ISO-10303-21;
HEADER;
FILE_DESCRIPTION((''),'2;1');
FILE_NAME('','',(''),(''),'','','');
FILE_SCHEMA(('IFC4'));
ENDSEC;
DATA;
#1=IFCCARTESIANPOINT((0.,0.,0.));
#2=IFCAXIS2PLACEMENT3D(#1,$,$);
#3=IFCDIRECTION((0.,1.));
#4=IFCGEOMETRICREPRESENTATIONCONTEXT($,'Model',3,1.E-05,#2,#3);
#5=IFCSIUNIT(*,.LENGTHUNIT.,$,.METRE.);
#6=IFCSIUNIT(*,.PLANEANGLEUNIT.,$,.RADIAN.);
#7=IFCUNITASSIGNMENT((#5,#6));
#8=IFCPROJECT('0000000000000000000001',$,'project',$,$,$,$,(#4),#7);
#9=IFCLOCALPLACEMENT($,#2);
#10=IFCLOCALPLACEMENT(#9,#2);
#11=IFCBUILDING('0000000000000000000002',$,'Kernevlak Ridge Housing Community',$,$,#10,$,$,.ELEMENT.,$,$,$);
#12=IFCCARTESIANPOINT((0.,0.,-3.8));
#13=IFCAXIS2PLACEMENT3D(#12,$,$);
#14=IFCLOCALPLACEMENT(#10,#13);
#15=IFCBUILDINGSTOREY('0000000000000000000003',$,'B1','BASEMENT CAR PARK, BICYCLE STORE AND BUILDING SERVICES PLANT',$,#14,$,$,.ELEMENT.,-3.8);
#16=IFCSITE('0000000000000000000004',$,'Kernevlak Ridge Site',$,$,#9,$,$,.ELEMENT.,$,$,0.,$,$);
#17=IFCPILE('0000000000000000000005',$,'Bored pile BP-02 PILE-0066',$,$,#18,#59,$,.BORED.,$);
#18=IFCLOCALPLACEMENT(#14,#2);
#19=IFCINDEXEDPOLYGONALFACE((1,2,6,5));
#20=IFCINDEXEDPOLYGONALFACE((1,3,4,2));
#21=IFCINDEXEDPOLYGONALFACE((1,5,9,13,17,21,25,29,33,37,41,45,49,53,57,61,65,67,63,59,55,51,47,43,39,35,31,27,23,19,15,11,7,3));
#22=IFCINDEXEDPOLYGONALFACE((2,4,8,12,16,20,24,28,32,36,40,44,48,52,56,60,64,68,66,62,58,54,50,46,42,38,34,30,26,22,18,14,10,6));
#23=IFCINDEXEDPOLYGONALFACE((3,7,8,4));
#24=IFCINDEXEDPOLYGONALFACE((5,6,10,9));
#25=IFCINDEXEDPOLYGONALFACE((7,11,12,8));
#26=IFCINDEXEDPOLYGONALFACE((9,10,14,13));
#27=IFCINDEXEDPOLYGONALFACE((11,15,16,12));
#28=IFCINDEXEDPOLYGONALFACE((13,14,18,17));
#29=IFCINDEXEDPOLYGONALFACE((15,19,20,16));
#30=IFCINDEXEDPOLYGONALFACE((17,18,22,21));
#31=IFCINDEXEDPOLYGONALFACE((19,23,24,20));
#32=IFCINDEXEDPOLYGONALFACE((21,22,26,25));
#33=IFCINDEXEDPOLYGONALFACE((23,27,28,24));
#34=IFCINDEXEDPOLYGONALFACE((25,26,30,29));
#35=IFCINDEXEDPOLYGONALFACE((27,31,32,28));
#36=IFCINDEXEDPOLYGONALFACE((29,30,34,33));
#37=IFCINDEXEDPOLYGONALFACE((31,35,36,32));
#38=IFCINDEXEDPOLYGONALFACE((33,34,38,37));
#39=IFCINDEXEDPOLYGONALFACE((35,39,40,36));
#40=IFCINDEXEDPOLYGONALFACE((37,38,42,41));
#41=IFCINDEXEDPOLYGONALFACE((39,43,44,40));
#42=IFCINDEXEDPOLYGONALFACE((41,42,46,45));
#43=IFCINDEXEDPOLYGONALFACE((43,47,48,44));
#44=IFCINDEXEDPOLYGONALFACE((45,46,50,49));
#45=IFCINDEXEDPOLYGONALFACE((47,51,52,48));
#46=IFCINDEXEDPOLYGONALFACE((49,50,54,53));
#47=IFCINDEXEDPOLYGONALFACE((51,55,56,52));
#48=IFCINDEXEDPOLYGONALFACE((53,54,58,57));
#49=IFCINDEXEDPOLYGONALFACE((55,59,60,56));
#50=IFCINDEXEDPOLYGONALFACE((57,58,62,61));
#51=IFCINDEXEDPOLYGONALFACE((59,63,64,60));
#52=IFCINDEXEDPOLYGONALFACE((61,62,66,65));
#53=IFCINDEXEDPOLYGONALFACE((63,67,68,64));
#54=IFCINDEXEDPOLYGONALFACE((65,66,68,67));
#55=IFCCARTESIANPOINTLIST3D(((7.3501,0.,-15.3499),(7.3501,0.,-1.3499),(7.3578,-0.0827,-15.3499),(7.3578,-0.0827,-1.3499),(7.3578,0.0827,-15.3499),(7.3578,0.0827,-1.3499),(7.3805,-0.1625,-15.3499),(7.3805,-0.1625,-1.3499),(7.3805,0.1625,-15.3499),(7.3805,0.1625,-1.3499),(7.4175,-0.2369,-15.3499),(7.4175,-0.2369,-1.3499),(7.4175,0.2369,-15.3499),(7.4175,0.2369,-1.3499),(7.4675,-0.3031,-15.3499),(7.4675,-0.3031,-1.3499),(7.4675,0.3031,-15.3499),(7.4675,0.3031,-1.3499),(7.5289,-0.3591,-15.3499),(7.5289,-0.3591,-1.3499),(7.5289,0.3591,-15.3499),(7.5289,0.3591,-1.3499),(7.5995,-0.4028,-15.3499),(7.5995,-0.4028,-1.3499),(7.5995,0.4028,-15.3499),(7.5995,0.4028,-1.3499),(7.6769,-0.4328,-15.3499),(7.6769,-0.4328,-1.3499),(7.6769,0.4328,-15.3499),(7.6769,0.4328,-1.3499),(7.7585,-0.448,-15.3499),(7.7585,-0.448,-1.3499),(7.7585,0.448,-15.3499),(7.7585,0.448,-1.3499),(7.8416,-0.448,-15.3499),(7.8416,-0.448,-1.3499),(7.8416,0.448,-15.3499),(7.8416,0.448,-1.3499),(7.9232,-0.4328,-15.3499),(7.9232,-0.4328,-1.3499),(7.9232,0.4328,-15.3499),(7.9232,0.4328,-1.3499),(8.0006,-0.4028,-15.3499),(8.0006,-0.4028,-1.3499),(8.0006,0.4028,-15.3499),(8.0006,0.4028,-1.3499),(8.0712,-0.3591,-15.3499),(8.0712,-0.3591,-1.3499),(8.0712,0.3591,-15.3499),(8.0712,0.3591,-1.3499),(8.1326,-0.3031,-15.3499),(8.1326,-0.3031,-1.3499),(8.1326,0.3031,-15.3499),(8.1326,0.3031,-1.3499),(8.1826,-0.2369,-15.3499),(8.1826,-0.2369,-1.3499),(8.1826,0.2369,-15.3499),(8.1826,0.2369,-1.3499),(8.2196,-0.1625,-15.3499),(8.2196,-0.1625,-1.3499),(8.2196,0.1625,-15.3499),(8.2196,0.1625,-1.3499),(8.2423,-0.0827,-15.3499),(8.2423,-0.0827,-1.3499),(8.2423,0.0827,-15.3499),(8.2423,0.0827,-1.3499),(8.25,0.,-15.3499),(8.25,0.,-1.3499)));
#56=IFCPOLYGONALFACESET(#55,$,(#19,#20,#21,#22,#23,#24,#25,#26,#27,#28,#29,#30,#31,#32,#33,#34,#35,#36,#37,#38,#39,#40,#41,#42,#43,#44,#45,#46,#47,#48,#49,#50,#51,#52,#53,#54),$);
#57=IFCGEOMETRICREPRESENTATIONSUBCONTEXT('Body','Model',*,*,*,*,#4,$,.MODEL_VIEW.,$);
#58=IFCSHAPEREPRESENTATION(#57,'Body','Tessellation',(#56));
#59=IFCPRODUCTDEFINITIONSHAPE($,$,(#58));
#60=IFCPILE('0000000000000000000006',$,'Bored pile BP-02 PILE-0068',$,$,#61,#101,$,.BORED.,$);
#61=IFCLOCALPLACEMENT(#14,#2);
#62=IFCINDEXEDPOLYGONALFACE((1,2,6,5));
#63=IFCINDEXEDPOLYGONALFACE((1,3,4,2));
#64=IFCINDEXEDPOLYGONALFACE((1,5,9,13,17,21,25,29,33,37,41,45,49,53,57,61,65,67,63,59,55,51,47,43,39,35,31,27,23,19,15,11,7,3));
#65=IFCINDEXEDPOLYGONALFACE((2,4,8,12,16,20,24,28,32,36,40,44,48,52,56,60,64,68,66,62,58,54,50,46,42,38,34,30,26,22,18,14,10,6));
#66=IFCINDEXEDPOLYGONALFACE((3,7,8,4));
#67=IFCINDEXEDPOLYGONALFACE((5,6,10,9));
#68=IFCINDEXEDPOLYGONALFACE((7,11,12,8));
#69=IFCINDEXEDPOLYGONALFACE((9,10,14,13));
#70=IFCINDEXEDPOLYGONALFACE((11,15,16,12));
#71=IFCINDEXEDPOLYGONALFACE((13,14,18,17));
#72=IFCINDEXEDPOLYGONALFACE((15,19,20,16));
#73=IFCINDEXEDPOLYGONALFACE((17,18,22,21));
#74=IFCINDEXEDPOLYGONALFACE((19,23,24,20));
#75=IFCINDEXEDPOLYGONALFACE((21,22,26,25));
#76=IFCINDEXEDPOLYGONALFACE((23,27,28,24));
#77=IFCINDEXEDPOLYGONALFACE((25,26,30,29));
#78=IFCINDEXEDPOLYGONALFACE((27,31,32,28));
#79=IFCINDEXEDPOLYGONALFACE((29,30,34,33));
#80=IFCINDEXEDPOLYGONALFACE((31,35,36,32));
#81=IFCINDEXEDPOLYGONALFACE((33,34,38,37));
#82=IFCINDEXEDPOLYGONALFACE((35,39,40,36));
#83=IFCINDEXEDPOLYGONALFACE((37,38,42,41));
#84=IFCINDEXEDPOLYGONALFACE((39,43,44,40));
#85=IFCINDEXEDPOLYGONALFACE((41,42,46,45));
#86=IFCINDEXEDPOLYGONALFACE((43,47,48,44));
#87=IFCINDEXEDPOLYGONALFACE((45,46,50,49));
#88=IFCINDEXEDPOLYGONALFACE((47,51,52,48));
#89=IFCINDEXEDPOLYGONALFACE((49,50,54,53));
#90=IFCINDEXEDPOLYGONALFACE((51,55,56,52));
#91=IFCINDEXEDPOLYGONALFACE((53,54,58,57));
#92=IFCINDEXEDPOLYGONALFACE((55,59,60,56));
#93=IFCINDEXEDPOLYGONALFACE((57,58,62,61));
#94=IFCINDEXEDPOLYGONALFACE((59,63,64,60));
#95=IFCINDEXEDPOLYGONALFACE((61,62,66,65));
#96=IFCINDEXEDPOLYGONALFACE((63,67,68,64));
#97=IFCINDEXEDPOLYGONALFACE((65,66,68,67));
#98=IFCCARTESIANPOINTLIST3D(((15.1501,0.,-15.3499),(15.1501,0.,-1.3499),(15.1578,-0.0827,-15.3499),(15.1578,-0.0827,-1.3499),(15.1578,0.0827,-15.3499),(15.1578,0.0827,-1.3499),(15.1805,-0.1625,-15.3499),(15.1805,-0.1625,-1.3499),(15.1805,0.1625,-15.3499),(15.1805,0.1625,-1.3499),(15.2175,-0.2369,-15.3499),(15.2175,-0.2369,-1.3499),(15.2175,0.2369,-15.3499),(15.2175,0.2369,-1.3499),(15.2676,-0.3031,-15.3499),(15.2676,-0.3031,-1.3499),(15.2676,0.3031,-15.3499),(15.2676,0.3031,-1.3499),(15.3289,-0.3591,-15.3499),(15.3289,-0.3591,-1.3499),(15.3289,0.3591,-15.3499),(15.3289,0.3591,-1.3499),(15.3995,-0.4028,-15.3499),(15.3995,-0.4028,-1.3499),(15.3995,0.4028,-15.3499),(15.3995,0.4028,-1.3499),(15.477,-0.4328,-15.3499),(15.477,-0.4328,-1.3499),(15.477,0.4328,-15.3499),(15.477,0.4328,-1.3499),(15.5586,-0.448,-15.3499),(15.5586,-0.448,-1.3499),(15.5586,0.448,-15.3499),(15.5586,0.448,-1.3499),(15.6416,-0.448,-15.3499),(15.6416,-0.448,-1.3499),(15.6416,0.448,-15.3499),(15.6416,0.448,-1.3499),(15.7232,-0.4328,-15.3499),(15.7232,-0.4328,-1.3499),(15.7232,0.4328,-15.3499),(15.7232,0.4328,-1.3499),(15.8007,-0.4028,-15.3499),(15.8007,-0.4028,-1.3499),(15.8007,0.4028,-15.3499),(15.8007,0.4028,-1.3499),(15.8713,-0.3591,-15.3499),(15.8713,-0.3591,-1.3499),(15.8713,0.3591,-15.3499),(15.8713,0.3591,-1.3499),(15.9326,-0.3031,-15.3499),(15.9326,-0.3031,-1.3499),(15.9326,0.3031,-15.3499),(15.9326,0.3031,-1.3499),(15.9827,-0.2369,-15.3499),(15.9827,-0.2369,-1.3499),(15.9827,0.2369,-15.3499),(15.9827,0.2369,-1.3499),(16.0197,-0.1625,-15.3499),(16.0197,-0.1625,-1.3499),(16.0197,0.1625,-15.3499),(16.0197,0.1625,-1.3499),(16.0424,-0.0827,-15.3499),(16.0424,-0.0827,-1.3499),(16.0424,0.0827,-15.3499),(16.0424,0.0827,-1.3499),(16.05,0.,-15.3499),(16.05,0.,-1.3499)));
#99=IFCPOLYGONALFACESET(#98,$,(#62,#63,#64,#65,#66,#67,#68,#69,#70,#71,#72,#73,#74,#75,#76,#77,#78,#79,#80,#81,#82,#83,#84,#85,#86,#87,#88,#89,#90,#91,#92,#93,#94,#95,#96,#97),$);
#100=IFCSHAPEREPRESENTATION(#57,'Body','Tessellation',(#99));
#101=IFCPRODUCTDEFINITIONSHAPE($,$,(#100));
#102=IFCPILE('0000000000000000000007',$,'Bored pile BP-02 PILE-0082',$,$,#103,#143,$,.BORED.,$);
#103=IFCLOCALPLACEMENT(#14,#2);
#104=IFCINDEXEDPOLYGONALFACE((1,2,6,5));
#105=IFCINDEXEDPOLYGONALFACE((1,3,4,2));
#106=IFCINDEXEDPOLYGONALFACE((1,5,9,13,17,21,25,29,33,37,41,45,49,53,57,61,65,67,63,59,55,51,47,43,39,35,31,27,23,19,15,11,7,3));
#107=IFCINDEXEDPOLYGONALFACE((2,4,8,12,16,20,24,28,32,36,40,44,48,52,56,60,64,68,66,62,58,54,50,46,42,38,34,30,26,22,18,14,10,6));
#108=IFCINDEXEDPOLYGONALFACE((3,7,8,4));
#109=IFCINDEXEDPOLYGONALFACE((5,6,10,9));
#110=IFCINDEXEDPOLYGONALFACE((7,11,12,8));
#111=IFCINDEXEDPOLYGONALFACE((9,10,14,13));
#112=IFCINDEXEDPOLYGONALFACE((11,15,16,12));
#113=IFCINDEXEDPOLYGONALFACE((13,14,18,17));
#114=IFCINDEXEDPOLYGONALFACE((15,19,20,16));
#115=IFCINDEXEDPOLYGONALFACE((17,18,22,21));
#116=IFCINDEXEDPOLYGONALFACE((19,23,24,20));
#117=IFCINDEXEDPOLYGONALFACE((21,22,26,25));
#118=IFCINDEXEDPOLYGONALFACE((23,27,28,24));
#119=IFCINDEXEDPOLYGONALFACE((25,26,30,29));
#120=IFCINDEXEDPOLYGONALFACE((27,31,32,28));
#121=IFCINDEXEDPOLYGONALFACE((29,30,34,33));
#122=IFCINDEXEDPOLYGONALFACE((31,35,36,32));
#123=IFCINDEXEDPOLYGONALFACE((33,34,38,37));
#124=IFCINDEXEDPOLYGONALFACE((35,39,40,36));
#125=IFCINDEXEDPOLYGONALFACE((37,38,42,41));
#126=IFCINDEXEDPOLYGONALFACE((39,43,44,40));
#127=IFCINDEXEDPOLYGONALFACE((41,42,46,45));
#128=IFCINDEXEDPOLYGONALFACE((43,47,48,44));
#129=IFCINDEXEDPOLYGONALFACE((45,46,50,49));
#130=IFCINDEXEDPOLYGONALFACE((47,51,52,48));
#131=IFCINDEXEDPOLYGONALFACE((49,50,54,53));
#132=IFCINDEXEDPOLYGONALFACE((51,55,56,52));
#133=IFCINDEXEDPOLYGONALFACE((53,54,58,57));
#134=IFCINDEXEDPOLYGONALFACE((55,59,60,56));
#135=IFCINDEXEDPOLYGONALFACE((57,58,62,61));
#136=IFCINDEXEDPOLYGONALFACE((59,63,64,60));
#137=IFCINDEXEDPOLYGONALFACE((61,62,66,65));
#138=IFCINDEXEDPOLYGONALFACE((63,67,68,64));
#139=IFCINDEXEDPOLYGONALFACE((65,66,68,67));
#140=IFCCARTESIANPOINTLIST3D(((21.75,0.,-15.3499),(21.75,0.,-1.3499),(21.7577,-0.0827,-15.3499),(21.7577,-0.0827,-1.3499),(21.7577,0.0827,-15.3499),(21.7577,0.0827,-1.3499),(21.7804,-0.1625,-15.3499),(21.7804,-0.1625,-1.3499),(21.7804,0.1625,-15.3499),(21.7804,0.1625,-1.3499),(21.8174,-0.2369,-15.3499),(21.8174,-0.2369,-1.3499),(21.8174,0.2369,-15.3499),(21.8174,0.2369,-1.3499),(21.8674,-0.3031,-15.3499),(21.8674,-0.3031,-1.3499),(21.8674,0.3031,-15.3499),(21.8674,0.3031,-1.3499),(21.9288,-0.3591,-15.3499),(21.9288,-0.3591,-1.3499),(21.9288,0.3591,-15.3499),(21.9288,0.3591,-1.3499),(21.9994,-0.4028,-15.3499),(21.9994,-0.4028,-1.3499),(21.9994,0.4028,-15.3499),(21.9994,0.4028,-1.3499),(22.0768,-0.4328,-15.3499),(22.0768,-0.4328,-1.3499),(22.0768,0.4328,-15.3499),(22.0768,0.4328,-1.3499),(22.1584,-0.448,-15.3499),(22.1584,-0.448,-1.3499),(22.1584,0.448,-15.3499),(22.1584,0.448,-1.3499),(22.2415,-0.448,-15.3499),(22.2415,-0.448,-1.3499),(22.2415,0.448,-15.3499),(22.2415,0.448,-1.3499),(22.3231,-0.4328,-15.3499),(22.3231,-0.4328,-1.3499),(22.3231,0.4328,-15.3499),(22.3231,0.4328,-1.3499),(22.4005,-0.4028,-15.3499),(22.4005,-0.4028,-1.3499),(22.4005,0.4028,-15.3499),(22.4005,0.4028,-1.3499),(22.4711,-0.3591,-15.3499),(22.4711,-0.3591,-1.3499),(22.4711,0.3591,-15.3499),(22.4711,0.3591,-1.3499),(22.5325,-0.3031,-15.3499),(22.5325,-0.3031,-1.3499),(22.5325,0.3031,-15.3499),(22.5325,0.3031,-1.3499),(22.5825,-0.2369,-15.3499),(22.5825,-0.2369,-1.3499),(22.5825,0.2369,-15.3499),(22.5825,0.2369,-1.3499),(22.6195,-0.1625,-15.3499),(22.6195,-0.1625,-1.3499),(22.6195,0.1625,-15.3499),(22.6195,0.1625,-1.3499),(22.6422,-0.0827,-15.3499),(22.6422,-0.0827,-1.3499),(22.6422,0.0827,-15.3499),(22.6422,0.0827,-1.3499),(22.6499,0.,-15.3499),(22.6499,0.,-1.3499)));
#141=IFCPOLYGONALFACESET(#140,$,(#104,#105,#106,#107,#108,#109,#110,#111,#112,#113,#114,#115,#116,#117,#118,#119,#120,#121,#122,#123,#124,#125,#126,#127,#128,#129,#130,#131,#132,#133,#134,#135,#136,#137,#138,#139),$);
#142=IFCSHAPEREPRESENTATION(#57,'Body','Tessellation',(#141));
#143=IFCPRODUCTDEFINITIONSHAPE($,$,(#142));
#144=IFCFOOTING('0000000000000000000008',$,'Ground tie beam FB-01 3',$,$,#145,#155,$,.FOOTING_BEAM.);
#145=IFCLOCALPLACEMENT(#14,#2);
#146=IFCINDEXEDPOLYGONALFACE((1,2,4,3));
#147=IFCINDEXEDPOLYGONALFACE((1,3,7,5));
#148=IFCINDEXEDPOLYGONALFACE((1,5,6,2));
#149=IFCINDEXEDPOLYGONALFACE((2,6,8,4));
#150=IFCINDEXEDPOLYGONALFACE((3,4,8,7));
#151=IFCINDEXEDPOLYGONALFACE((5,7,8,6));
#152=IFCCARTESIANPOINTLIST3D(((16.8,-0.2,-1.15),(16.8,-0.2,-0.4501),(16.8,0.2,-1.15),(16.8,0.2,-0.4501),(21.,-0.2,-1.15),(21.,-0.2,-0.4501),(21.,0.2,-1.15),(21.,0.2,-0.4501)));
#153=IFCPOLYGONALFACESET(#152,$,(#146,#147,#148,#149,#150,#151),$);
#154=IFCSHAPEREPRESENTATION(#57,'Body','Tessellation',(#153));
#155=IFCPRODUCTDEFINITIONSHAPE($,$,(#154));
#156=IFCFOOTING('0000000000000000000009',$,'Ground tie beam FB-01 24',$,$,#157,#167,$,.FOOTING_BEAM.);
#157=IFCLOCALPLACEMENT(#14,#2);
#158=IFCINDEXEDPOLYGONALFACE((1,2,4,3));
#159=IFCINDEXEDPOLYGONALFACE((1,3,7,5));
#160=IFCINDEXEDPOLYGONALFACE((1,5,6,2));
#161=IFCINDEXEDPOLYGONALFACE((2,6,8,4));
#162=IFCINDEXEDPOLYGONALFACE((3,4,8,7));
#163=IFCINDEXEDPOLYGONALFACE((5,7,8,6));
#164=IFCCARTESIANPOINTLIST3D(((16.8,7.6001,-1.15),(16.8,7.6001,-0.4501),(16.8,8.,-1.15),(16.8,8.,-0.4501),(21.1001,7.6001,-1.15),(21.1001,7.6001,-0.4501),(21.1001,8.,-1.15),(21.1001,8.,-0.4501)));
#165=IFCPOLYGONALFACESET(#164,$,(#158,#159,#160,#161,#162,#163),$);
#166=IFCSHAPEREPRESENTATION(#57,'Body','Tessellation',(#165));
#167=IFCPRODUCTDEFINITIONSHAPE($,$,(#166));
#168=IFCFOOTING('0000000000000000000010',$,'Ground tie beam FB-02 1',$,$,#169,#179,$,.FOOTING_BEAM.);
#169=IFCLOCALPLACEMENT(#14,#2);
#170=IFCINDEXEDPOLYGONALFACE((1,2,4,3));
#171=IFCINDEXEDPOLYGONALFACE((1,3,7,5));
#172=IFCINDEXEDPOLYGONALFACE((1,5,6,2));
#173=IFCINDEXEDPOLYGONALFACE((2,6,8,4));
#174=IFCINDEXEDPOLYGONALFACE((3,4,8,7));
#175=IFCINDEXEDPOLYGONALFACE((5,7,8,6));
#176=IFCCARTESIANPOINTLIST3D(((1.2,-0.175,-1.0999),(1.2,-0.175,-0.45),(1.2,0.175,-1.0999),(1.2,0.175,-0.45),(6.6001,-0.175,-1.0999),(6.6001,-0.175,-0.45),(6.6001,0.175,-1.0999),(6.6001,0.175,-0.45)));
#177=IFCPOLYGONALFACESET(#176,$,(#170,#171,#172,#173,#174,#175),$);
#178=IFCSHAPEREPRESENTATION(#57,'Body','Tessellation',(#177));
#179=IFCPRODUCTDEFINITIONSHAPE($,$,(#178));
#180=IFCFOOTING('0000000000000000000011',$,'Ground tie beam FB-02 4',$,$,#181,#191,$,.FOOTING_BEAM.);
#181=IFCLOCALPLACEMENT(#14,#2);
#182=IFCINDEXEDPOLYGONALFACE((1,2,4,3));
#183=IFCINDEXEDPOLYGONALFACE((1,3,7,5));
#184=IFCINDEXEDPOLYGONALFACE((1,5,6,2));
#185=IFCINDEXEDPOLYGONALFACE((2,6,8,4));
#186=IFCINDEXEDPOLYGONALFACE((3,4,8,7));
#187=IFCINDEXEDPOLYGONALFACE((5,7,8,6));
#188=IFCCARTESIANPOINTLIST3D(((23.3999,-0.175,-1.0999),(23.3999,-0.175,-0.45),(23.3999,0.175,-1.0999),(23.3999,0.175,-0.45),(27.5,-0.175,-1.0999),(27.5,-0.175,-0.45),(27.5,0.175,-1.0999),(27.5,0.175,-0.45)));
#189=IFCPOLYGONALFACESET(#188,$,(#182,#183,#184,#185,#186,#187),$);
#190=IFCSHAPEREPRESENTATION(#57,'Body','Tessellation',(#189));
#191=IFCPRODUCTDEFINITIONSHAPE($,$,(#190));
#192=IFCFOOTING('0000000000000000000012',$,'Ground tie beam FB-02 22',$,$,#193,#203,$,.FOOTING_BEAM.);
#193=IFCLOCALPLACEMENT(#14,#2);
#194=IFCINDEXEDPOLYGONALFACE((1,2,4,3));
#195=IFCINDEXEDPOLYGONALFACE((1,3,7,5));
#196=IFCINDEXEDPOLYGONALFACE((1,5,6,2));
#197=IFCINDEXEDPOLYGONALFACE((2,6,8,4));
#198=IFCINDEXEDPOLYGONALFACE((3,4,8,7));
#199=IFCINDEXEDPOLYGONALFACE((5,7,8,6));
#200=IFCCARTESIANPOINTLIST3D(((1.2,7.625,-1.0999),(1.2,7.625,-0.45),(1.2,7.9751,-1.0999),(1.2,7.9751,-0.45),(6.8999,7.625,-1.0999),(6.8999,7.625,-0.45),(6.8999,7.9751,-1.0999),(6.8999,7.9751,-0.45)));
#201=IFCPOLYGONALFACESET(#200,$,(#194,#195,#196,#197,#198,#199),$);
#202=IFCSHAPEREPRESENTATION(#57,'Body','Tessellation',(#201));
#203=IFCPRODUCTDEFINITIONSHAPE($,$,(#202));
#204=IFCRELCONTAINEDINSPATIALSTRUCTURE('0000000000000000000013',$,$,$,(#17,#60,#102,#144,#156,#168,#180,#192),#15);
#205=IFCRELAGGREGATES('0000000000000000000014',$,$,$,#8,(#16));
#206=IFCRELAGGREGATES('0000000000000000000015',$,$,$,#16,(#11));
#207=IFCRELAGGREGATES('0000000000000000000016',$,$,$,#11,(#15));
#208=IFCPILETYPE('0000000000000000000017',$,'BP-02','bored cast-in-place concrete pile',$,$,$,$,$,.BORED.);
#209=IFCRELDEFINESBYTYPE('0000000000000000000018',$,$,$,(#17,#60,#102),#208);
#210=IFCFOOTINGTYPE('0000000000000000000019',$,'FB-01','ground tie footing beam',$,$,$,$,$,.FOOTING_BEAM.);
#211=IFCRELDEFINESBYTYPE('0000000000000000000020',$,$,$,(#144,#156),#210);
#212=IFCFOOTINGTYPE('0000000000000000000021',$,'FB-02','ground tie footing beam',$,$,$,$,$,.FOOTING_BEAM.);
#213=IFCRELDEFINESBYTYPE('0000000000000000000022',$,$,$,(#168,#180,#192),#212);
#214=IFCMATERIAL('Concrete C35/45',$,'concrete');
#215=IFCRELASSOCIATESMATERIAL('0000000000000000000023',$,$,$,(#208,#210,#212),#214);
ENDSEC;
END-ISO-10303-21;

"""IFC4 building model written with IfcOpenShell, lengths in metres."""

from ifc_helpers import new_model, si_unit, direction, frame, origin, origin_2d, place, context, subcontext, project, spatial, rectangle, circle, extrude, material, material_profile, profile_set, type_object, element, save


model = new_model("IFC4")

# Units and contexts
model_context = context("Model", 3, precision=1e-05, world=origin(), true_north=direction((0.0, 1.0)))
body_context = subcontext(model_context, "Body", "Model", "MODEL_VIEW")
ifc_project = project(units=[si_unit("LENGTHUNIT", "METRE"), si_unit("PLANEANGLEUNIT", "RADIAN")], contexts=[model_context])

# Site, building, storey
site_placement = place(None, origin())
site = spatial("IfcSite", under=ifc_project, at=site_placement, Name="Kernevlak Ridge Site", CompositionType="ELEMENT", RefElevation=0.0)
building_placement = place(site_placement, origin())
building = spatial("IfcBuilding", under=site, at=building_placement, Name="Kernevlak Ridge Housing Community", CompositionType="ELEMENT")
storey_placement = place(building_placement, frame((0.0, 0.0, -3.8)))
storey = spatial("IfcBuildingStorey", under=building, at=storey_placement, Name="B1", Description="BASEMENT CAR PARK, BICYCLE STORE AND BUILDING SERVICES PLANT", CompositionType="ELEMENT", Elevation=-3.8)

# Piles
ifc_material_1 = material(Name="Concrete C35/45", Category="concrete")
ifc_material_profile_1 = material_profile(ifc_material_1, circle(Radius=0.45, at=origin_2d()), Name="BORED PILE 900")
ifc_profile_set_1 = profile_set([ifc_material_profile_1], Name="Concrete C35/45")
pile_type = type_object("IfcPileType", Name="BP-02", Description="bored cast-in-place concrete pile", PredefinedType="BORED", material=ifc_profile_set_1)
for number, where, z_axis, x_axis, name in (
    (1, (7.8, 0.0, -1.3499), (0.0, 0.0, -1.0), (1.0, 0.0, 0.0), "Bored pile BP-02 PILE-0066"),
    (2, (15.6001, 0.0, -1.3499), (0.0, 0.0, -1.0), (1.0, 0.0, 0.0), "Bored pile BP-02 PILE-0068"),
    (3, (22.2, 0.0, -1.3499), (0.0, 0.0, -1.0), (1.0, 0.0, 0.0), "Bored pile BP-02 PILE-0082"),
):
    element("IfcPile", number, at=place(storey_placement, frame(where, z_axis=z_axis, x_axis=x_axis)), inside=storey, type_object=pile_type, Name=name, PredefinedType="BORED", context=body_context, shape_type="SweptSolid", body=[
        extrude(circle(Radius=0.45, at=origin_2d()), origin(), (0.0, 0.0, 1.0), 14.0),
    ])

# Footings
ifc_material_profile_2 = material_profile(ifc_material_1, rectangle(XDim=0.3999, YDim=0.7, at=origin_2d()), Name="RC 400x700")
ifc_profile_set_2 = profile_set([ifc_material_profile_2], Name="Concrete C35/45")
footing_type_1 = type_object("IfcFootingType", Name="FB-01", Description="ground tie footing beam", PredefinedType="FOOTING_BEAM", material=ifc_profile_set_2)
footing_1_placement = place(storey_placement, frame((16.8, 0.0, -0.8), z_axis=(1.0, 0.0, 0.0), x_axis=(0.0, 1.0, 0.0)))
element("IfcFooting", 4, at=footing_1_placement, inside=storey, type_object=footing_type_1, Name="Ground tie beam FB-01 3", PredefinedType="FOOTING_BEAM", context=body_context, shape_type="SweptSolid", body=[
    extrude(rectangle(XDim=0.3999, YDim=0.7, at=origin_2d()), origin(), (0.0, 0.0, 1.0), 4.2),
])
footing_2_placement = place(storey_placement, frame((16.8, 7.8, -0.8), z_axis=(1.0, 0.0, 0.0), x_axis=(0.0, 1.0, 0.0)))
element("IfcFooting", 5, at=footing_2_placement, inside=storey, type_object=footing_type_1, Name="Ground tie beam FB-01 24", PredefinedType="FOOTING_BEAM", context=body_context, shape_type="SweptSolid", body=[
    extrude(rectangle(XDim=0.3999, YDim=0.7, at=origin_2d()), origin(), (0.0, 0.0, 1.0), 4.3),
])
ifc_material_profile_3 = material_profile(ifc_material_1, rectangle(XDim=0.3501, YDim=0.6499, at=origin_2d()), Name="RC 350x650")
ifc_profile_set_3 = profile_set([ifc_material_profile_3], Name="Concrete C35/45")
footing_type_2 = type_object("IfcFootingType", Name="FB-02", Description="ground tie footing beam", PredefinedType="FOOTING_BEAM", material=ifc_profile_set_3)
footing_3_placement = place(storey_placement, frame((1.2, 0.0, -0.7749), z_axis=(1.0, 0.0, 0.0), x_axis=(0.0, 1.0, 0.0)))
element("IfcFooting", 6, at=footing_3_placement, inside=storey, type_object=footing_type_2, Name="Ground tie beam FB-02 1", PredefinedType="FOOTING_BEAM", context=body_context, shape_type="SweptSolid", body=[
    extrude(rectangle(XDim=0.3501, YDim=0.6499, at=origin_2d()), origin(), (0.0, 0.0, 1.0), 5.4001),
])
footing_4_placement = place(storey_placement, frame((23.3999, 0.0, -0.7749), z_axis=(1.0, 0.0, 0.0), x_axis=(0.0, 1.0, 0.0)))
element("IfcFooting", 7, at=footing_4_placement, inside=storey, type_object=footing_type_2, Name="Ground tie beam FB-02 4", PredefinedType="FOOTING_BEAM", context=body_context, shape_type="SweptSolid", body=[
    extrude(rectangle(XDim=0.3501, YDim=0.6499, at=origin_2d()), origin(), (0.0, 0.0, 1.0), 4.1001),
])
footing_5_placement = place(storey_placement, frame((1.2, 7.8, -0.7749), z_axis=(1.0, 0.0, 0.0), x_axis=(0.0, 1.0, 0.0)))
element("IfcFooting", 8, at=footing_5_placement, inside=storey, type_object=footing_type_2, Name="Ground tie beam FB-02 22", PredefinedType="FOOTING_BEAM", context=body_context, shape_type="SweptSolid", body=[
    extrude(rectangle(XDim=0.3501, YDim=0.6499, at=origin_2d()), origin(), (0.0, 0.0, 1.0), 5.7),
])

save(model, "model.ifc")
